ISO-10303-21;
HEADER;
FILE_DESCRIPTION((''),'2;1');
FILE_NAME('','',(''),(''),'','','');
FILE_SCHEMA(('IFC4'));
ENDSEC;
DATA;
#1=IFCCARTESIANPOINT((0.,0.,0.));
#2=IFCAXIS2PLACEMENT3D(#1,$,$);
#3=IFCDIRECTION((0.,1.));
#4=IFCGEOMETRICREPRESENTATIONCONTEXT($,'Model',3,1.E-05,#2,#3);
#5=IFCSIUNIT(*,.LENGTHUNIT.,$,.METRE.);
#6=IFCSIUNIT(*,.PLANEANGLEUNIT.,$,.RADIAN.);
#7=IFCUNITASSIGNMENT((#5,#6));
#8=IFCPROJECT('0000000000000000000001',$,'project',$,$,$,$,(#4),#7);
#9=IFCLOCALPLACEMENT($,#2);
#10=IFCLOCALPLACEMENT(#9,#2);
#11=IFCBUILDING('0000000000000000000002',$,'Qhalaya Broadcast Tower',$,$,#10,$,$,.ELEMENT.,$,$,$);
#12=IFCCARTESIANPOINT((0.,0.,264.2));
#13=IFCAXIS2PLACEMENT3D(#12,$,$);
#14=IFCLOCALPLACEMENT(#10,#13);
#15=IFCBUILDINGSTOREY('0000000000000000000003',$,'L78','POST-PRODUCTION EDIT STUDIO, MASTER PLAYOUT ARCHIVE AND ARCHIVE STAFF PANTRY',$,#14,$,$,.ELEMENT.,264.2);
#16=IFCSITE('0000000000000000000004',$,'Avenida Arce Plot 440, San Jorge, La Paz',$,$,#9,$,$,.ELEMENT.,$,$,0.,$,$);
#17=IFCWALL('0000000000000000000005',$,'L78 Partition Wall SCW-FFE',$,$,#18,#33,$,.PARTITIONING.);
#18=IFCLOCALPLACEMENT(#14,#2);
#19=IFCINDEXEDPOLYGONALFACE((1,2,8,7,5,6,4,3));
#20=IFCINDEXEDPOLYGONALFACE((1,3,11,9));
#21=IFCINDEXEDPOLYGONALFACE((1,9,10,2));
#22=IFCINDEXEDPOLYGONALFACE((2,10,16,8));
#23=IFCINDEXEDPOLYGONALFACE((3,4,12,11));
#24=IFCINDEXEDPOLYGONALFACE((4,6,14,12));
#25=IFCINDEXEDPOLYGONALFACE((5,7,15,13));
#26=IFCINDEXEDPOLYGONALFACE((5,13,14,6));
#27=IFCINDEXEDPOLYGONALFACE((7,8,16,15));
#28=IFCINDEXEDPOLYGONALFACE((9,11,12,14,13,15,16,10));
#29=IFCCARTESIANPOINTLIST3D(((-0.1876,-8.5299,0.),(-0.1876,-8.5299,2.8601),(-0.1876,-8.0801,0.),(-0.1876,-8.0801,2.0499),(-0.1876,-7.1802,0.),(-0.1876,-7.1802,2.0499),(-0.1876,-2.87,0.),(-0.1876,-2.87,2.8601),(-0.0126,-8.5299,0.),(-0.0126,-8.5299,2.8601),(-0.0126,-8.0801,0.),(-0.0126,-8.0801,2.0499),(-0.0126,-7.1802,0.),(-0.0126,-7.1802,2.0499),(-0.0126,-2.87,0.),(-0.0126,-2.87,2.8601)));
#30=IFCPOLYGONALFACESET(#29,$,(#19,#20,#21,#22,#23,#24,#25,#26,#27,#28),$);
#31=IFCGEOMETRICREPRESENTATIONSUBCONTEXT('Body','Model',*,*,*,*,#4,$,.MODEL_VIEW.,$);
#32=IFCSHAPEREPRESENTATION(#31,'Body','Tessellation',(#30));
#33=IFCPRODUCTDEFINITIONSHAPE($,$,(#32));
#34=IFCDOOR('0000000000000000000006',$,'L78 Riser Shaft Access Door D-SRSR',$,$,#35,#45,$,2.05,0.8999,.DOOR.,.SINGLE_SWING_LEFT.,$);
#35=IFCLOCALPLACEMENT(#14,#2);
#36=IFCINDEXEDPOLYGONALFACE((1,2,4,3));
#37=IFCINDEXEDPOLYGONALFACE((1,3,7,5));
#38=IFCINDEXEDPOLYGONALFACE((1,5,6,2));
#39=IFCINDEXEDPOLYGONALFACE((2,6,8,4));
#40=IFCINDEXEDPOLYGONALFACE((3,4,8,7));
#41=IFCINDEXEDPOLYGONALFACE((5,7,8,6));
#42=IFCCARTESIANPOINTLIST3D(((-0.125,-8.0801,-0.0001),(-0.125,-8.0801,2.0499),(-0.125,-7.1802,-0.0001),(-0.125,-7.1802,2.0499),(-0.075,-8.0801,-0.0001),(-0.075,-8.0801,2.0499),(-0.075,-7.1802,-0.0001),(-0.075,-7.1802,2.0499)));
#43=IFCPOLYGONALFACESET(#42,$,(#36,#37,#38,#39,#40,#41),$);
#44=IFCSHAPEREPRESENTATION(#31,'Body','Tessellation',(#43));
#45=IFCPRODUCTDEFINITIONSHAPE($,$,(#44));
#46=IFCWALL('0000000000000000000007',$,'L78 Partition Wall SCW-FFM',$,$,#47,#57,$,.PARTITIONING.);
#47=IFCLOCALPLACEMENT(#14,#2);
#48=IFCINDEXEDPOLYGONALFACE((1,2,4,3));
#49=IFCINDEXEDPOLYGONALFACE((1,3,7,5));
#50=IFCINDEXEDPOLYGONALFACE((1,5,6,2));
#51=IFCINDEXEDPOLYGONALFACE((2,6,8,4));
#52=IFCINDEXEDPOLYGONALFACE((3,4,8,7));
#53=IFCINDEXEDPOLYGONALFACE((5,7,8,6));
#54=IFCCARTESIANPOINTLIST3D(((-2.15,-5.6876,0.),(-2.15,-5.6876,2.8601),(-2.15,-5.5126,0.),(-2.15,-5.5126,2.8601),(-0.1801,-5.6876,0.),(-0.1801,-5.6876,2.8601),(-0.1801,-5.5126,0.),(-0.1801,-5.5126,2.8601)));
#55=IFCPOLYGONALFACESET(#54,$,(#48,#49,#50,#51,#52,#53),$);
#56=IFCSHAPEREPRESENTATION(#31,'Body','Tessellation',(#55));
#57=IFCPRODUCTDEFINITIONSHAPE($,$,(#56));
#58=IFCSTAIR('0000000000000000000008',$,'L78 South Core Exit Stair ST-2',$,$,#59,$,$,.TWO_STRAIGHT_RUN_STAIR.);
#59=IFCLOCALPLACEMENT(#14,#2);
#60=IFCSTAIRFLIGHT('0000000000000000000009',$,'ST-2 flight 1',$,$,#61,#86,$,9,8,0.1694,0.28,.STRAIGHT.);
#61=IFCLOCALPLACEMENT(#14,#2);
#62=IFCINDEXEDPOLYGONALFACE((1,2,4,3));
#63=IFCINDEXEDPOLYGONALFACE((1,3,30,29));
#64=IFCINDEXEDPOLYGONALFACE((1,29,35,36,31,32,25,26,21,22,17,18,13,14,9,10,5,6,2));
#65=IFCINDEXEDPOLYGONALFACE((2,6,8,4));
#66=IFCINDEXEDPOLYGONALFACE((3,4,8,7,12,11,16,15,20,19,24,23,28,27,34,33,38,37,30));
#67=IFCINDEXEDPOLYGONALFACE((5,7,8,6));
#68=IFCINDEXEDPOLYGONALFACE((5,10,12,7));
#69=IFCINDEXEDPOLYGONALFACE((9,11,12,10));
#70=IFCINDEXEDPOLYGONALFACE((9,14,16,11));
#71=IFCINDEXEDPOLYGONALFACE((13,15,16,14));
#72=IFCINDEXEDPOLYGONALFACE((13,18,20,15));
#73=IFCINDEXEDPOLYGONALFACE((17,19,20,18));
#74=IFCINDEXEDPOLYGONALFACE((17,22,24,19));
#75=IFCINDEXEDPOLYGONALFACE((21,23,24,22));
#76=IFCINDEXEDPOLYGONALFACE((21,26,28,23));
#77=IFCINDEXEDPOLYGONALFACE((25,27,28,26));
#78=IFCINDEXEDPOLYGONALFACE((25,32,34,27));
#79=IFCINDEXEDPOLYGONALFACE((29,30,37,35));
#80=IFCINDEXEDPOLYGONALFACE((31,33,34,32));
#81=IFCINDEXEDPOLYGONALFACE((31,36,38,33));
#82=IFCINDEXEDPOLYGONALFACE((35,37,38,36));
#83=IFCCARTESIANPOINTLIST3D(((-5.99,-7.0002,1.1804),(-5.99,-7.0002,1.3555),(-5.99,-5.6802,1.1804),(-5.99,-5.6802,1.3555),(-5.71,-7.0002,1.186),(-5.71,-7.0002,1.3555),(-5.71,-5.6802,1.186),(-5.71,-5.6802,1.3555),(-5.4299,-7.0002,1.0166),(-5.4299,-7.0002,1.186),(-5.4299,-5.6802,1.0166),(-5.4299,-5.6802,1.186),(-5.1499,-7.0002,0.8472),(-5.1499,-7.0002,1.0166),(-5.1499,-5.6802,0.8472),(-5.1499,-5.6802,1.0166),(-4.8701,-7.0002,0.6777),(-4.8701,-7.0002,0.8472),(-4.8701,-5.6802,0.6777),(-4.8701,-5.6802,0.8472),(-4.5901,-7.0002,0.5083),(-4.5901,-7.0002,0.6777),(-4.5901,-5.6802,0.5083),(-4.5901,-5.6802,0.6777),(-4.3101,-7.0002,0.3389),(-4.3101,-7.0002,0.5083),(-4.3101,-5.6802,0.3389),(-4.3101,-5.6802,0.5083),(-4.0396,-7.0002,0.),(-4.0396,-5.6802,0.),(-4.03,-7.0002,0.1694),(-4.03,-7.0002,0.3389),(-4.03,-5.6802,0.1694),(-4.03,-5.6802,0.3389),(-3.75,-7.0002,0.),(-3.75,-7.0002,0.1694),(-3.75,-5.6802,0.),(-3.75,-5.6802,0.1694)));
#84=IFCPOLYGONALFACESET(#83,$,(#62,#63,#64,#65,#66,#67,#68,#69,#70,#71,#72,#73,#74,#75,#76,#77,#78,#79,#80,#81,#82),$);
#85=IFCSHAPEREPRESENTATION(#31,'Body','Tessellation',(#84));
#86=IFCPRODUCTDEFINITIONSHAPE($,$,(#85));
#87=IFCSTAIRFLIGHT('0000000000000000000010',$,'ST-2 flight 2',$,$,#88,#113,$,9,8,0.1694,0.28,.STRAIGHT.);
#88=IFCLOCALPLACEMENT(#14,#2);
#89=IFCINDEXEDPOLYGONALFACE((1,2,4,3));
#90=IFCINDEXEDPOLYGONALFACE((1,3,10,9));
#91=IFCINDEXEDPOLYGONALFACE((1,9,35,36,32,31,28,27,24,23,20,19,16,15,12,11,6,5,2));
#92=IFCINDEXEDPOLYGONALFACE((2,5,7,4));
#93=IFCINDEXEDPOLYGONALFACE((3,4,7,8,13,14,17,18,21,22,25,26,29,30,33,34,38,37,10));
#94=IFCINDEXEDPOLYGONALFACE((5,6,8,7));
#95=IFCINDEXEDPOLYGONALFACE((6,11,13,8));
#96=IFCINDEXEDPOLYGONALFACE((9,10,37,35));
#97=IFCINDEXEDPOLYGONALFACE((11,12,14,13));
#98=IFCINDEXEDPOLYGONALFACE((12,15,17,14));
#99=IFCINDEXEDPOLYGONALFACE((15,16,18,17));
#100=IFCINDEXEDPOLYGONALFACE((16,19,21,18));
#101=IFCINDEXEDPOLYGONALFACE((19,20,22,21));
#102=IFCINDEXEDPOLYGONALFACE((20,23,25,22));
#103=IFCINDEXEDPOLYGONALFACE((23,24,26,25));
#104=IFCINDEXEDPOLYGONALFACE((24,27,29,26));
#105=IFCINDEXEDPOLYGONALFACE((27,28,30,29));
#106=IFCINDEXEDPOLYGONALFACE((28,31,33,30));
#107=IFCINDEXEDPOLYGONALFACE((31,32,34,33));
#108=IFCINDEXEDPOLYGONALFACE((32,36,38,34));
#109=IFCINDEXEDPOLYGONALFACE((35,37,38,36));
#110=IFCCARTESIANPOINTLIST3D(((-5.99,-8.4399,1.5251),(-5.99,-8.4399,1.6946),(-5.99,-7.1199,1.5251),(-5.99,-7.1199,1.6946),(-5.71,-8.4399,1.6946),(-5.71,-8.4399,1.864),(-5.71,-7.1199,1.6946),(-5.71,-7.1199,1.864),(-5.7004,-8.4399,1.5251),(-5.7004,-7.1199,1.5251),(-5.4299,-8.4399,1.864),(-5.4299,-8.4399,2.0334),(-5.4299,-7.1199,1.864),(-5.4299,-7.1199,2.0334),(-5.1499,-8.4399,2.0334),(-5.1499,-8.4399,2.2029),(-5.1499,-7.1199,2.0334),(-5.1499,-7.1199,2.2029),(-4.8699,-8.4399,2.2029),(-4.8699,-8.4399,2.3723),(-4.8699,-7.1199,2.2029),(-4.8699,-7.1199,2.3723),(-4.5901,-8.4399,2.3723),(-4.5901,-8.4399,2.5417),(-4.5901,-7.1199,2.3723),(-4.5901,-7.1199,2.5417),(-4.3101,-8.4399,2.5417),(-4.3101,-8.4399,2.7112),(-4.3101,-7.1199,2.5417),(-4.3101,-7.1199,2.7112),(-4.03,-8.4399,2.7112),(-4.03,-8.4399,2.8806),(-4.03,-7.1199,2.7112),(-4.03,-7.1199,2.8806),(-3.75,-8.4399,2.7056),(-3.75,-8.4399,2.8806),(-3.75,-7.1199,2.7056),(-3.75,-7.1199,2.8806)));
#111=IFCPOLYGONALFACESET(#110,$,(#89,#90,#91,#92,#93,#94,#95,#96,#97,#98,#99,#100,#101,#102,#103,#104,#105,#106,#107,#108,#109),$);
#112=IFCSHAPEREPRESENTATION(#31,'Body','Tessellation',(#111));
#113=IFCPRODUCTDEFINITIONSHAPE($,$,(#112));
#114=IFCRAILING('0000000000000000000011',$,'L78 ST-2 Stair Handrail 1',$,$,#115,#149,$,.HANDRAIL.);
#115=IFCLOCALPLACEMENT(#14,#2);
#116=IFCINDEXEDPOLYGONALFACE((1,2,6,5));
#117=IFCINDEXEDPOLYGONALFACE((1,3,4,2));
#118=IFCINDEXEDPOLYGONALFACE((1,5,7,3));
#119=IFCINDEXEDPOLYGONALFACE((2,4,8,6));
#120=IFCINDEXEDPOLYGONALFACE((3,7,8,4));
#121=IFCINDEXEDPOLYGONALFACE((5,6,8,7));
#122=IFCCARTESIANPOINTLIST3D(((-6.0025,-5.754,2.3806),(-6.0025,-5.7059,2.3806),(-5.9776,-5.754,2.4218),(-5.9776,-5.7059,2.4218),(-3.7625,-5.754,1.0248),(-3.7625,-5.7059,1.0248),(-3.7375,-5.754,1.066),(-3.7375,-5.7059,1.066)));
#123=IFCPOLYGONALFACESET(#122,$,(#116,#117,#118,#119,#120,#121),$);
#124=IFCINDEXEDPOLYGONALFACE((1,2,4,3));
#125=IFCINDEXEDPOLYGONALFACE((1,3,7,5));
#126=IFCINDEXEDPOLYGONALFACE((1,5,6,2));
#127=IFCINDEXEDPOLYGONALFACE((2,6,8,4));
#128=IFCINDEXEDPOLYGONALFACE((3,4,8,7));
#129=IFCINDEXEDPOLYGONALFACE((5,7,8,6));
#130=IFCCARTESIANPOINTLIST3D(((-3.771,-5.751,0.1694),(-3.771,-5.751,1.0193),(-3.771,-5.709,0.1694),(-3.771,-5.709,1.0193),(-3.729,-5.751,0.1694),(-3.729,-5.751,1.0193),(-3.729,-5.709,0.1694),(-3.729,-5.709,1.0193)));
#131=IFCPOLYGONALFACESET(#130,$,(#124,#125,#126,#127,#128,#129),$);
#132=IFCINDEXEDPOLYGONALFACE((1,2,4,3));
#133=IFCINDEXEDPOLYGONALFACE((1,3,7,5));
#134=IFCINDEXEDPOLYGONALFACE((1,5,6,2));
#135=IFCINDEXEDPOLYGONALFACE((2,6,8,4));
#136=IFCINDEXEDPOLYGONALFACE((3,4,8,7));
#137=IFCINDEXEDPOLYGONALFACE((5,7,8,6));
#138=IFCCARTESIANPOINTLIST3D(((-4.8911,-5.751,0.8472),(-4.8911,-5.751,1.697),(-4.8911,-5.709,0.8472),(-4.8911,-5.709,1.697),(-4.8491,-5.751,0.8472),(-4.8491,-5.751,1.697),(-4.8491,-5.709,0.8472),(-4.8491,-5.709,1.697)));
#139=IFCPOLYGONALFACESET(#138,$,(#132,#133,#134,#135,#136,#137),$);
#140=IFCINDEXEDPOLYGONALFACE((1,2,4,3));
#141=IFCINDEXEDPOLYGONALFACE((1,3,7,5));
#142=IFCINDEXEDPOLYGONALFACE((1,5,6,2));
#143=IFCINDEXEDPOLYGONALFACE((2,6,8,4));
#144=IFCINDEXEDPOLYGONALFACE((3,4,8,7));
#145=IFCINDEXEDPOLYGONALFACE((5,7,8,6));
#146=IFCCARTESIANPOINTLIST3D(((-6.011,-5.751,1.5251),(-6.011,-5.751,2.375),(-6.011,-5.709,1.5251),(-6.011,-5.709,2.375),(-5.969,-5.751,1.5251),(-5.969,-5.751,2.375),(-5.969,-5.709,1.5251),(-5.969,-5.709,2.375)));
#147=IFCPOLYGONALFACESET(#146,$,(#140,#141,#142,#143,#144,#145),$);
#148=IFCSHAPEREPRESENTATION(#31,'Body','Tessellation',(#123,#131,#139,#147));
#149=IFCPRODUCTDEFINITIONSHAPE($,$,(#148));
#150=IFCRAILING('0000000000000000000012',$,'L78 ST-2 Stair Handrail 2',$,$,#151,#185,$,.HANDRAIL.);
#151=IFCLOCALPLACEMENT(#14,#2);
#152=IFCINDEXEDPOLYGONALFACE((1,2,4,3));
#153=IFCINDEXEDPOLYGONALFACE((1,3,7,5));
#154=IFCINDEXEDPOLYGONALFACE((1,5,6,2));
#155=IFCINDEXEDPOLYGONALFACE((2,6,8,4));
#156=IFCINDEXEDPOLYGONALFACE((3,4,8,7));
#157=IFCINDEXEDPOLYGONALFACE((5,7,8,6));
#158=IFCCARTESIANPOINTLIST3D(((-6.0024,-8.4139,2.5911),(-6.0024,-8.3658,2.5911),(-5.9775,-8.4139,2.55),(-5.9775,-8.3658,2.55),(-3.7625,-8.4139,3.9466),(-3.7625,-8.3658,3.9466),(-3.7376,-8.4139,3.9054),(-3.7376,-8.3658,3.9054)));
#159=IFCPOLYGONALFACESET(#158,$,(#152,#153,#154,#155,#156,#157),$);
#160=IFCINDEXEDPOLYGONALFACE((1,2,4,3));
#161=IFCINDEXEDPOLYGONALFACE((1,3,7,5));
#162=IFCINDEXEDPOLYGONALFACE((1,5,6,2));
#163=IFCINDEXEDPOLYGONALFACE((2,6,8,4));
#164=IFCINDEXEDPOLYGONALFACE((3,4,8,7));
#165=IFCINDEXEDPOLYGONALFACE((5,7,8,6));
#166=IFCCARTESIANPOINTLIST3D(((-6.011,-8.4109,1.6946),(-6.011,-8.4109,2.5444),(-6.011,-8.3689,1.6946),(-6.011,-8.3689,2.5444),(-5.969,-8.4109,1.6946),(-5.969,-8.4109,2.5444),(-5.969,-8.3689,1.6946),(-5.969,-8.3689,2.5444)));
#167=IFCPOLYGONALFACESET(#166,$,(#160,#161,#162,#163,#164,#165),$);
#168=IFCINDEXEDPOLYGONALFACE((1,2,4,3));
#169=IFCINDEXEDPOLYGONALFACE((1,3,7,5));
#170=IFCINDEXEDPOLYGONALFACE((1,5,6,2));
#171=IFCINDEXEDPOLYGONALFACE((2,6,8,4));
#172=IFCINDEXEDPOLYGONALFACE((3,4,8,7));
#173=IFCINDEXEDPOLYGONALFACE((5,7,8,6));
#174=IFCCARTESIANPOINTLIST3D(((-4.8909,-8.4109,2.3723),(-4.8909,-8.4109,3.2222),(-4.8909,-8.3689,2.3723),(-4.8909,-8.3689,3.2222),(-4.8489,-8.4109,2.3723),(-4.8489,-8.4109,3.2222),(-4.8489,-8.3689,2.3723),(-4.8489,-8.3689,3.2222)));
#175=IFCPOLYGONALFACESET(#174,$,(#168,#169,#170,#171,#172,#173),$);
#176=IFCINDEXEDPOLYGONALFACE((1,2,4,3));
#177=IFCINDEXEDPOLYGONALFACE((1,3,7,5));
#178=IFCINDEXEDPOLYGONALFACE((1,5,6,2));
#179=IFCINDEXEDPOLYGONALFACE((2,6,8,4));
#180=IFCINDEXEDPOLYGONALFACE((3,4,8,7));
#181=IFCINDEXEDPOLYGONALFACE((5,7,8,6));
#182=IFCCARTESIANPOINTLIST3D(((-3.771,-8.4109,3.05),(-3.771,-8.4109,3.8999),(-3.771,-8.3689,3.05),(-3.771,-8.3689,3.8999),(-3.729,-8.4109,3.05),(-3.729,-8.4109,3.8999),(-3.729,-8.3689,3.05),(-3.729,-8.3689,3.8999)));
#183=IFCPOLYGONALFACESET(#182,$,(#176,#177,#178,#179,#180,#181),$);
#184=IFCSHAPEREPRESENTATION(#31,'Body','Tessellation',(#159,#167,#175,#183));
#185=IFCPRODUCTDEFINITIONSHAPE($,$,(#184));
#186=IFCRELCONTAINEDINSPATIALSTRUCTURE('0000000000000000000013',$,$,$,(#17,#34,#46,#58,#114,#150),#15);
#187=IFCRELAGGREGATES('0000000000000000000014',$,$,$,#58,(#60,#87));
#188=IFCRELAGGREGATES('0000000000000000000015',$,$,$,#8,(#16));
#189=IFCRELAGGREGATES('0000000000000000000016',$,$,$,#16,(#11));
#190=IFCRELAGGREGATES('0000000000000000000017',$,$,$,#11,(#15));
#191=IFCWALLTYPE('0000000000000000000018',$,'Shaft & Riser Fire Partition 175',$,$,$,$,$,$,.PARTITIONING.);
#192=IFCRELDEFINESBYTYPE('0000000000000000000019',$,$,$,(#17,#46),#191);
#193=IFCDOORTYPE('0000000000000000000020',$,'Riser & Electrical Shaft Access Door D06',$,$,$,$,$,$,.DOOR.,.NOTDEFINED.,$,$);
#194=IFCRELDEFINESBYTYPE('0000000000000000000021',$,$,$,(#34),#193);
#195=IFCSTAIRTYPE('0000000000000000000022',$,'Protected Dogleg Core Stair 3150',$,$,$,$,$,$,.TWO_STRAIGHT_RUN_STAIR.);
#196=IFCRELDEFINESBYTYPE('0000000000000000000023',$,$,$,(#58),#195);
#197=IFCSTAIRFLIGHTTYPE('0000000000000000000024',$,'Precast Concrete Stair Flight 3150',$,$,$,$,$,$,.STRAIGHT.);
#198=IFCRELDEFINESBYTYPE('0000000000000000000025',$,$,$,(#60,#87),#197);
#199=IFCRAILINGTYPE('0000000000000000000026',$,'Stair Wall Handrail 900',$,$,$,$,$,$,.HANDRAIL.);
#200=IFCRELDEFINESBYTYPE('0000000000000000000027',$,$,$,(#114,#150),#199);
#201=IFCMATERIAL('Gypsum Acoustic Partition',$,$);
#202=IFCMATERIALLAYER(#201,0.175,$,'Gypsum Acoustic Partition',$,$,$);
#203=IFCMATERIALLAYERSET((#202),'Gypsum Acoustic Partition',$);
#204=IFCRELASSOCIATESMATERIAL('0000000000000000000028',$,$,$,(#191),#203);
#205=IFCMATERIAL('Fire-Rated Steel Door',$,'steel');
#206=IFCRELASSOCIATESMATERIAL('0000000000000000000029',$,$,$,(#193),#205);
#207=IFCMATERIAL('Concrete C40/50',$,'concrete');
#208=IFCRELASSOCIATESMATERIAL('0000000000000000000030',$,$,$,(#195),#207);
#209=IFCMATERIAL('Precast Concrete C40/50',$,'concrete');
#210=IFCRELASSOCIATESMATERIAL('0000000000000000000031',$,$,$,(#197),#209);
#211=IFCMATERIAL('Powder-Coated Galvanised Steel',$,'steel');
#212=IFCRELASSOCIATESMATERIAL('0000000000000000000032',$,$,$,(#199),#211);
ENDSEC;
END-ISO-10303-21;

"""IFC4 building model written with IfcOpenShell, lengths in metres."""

from ifc_helpers import new_model, si_unit, direction, frame, frame_2d, origin, origin_2d, place, context, subcontext, project, spatial, polyline, rectangle, outline, extrude, material, layer, layer_set, type_object, element, fill, aggregate, save


model = new_model("IFC4")

# Units and contexts
model_context = context("Model", 3, precision=1e-05, world=origin(), true_north=direction((0.0, 1.0)))
body_context = subcontext(model_context, "Body", "Model", "MODEL_VIEW")
ifc_project = project(units=[si_unit("LENGTHUNIT", "METRE"), si_unit("PLANEANGLEUNIT", "RADIAN")], contexts=[model_context])

# Site, building, storey
site_placement = place(None, origin())
site = spatial("IfcSite", under=ifc_project, at=site_placement, Name="Avenida Arce Plot 440, San Jorge, La Paz", CompositionType="ELEMENT", RefElevation=0.0)
building_placement = place(site_placement, origin())
building = spatial("IfcBuilding", under=site, at=building_placement, Name="Qhalaya Broadcast Tower", CompositionType="ELEMENT")
storey_placement = place(building_placement, frame((0.0, 0.0, 264.2)))
storey = spatial("IfcBuildingStorey", under=building, at=storey_placement, Name="L78", Description="POST-PRODUCTION EDIT STUDIO, MASTER PLAYOUT ARCHIVE AND ARCHIVE STAFF PANTRY", CompositionType="ELEMENT", Elevation=264.2)

# Wall, opening, door
ifc_material_1 = material(Name="Fire-Rated Steel Door", Category="steel")
ifc_material_2 = material(Name="Gypsum Acoustic Partition")
ifc_layer_1 = layer(ifc_material_2, 0.175, Name="Gypsum Acoustic Partition")
ifc_layer_set_1 = layer_set([ifc_layer_1], Name="Gypsum Acoustic Partition")
wall_type_1 = type_object("IfcWallType", Name="Shaft & Riser Fire Partition 175", PredefinedType="PARTITIONING", material=ifc_layer_set_1)
wall_1_placement = place(storey_placement, frame((-0.1001, -8.53, 0.0), z_axis=(0.0, 0.0, 1.0), x_axis=(0.0, 1.0, 0.0)))
wall_1 = element("IfcWall", 1, at=wall_1_placement, inside=storey, type_object=wall_type_1, Name="L78 Partition Wall SCW-FFE", PredefinedType="PARTITIONING", context=body_context, shape_type="SweptSolid", body=[
    extrude(rectangle(XDim=5.6599, YDim=0.175, at=frame_2d((2.8301, 0.0))), origin(), (0.0, 0.0, 1.0), 2.8601),
])
opening_1_placement = place(wall_1_placement, frame((0.45, 0.0, 0.0)))
opening_1 = element("IfcOpeningElement", 2, at=opening_1_placement, cuts=wall_1, PredefinedType="OPENING", context=body_context, shape_type="SweptSolid", body=[
    extrude(rectangle(XDim=0.8999, YDim=2.05, at=frame_2d((0.45, 1.0249))), frame((0.0, 0.0996, 0.0), z_axis=(0.0, -1.0, 0.0), x_axis=(1.0, 0.0, 0.0)), (0.0, 0.0, 1.0), 0.199),
])
door_type_1 = type_object("IfcDoorType", Name="Riser & Electrical Shaft Access Door D06", OperationType="NOTDEFINED", PredefinedType="DOOR", material=ifc_material_1)
door_1_placement = place(opening_1_placement, origin())
door_1 = element("IfcDoor", 3, at=door_1_placement, inside=storey, type_object=door_type_1, Name="L78 Riser Shaft Access Door D-SRSR", OperationType="SINGLE_SWING_LEFT", OverallHeight=2.05, OverallWidth=0.8999, PredefinedType="DOOR", context=body_context, shape_type="SweptSolid", body=[
    extrude(rectangle(XDim=0.8999, YDim=2.05, at=frame_2d((0.45, 1.0249))), frame((0.0, 0.0249, 0.0), z_axis=(0.0, -1.0, 0.0), x_axis=(1.0, 0.0, 0.0)), (0.0, 0.0, 1.0), 0.05),
])
fill(opening_1, door_1)

# Wall
wall_2_placement = place(storey_placement, frame((-2.1499, -5.6001, 0.0), z_axis=(0.0, 0.0, 1.0), x_axis=(1.0, 0.0, 0.0)))
element("IfcWall", 4, at=wall_2_placement, inside=storey, type_object=wall_type_1, Name="L78 Partition Wall SCW-FFM", PredefinedType="PARTITIONING", context=body_context, shape_type="SweptSolid", body=[
    extrude(rectangle(XDim=1.97, YDim=0.175, at=frame_2d((0.9849, 0.0))), origin(), (0.0, 0.0, 1.0), 2.8601),
])

# Stair, stair flights
ifc_material_3 = material(Name="Concrete C40/50", Category="concrete")
stair_type = type_object("IfcStairType", Name="Protected Dogleg Core Stair 3150", PredefinedType="TWO_STRAIGHT_RUN_STAIR", material=ifc_material_3)
stair_placement = place(storey_placement, origin())
stair = element("IfcStair", 5, at=stair_placement, inside=storey, type_object=stair_type, Name="L78 South Core Exit Stair ST-2", PredefinedType="TWO_STRAIGHT_RUN_STAIR")
ifc_material_4 = material(Name="Precast Concrete C40/50", Category="concrete")
stair_flight_type = type_object("IfcStairFlightType", Name="Precast Concrete Stair Flight 3150", PredefinedType="STRAIGHT", material=ifc_material_4)
stair_flight_1_placement = place(storey_placement, frame((-3.75, -6.3401, 0.0), z_axis=(0.0, 0.0, 1.0), x_axis=(-1.0, 0.0, 0.0)))
stair_flight_1 = element("IfcStairFlight", 6, at=stair_flight_1_placement, type_object=stair_flight_type, Name="ST-2 flight 1", NumberOfRisers=9, NumberOfTreads=8, PredefinedType="STRAIGHT", RiserHeight=0.1694, TreadLength=0.28, context=body_context, shape_type="SweptSolid", body=[
    extrude(outline(polyline([(0.0, 0.0), (0.0, 0.1694), (0.28, 0.1694), (0.28, 0.3389), (0.5601, 0.3389), (0.5601, 0.5083), (0.8401, 0.5083), (0.8401, 0.6777), (1.1201, 0.6777), (1.1201, 0.8472), (1.3999, 0.8472), (1.3999, 1.0166), (1.6799, 1.0166), (1.6799, 1.186), (1.96, 1.186), (1.96, 1.3555), (2.24, 1.3555), (2.24, 1.5249), (2.24, 1.1804), (0.2896, 0.0), (0.0, 0.0)])), frame((0.0, 0.6602, 0.0), z_axis=(0.0, -1.0, 0.0), x_axis=(1.0, 0.0, 0.0)), (0.0, 0.0, 1.0), 1.3201),
])
stair_flight_2_placement = place(storey_placement, frame((-5.99, -7.78, 1.5251), z_axis=(0.0, 0.0, 1.0), x_axis=(1.0, 0.0, 0.0)))
stair_flight_2 = element("IfcStairFlight", 7, at=stair_flight_2_placement, type_object=stair_flight_type, Name="ST-2 flight 2", NumberOfRisers=9, NumberOfTreads=8, PredefinedType="STRAIGHT", RiserHeight=0.1694, TreadLength=0.28, context=body_context, shape_type="SweptSolid", body=[
    extrude(outline(polyline([(0.0, 0.0), (0.0, 0.1694), (0.28, 0.1694), (0.28, 0.3389), (0.5601, 0.3389), (0.5601, 0.5083), (0.8401, 0.5083), (0.8401, 0.6777), (1.1201, 0.6777), (1.1201, 0.8472), (1.3999, 0.8472), (1.3999, 1.0166), (1.6799, 1.0166), (1.6799, 1.186), (1.96, 1.186), (1.96, 1.3555), (2.24, 1.3555), (2.24, 1.5249), (2.24, 1.1804), (0.2896, 0.0), (0.0, 0.0)])), frame((0.0, 0.6602, 0.0), z_axis=(0.0, -1.0, 0.0), x_axis=(1.0, 0.0, 0.0)), (0.0, 0.0, 1.0), 1.3201),
])
aggregate(stair, [stair_flight_1, stair_flight_2])

# Railings
ifc_material_5 = material(Name="Powder-Coated Galvanised Steel", Category="steel")
railing_type_1 = type_object("IfcRailingType", Name="Stair Wall Handrail 900", PredefinedType="HANDRAIL", material=ifc_material_5)
railing_1_placement = place(storey_placement, frame((-3.75, -5.73, 0.1694)))
element("IfcRailing", 8, at=railing_1_placement, inside=storey, type_object=railing_type_1, Name="L78 ST-2 Stair Handrail 1", PredefinedType="HANDRAIL", context=body_context, shape_type="SweptSolid", body=[
    extrude(rectangle(XDim=0.0481, YDim=0.0481, at=origin_2d()), frame((0.0, 0.0, 0.876), z_axis=(-0.855512, 0.0, 0.517783), x_axis=(0.0, -1.0, 0.0)), (0.0, 0.0, 1.0), 2.6184),
    extrude(rectangle(XDim=0.042, YDim=0.042, at=origin_2d()), origin(), (0.0, 0.0, 1.0), 0.8499),
    extrude(rectangle(XDim=0.042, YDim=0.042, at=origin_2d()), frame((-1.1201, 0.0, 0.6777)), (0.0, 0.0, 1.0), 0.8499),
    extrude(rectangle(XDim=0.042, YDim=0.042, at=origin_2d()), frame((-2.24, 0.0, 1.3557)), (0.0, 0.0, 1.0), 0.8499),
])
railing_2_placement = place(storey_placement, frame((-5.99, -8.3899, 1.6946)))
element("IfcRailing", 9, at=railing_2_placement, inside=storey, type_object=railing_type_1, Name="L78 ST-2 Stair Handrail 2", PredefinedType="HANDRAIL", context=body_context, shape_type="SweptSolid", body=[
    extrude(rectangle(XDim=0.0481, YDim=0.0481, at=origin_2d()), frame((0.0, 0.0, 0.876), z_axis=(0.855553, 0.0, 0.517715), x_axis=(0.0, 1.0, 0.0)), (0.0, 0.0, 1.0), 2.6182),
    extrude(rectangle(XDim=0.042, YDim=0.042, at=origin_2d()), origin(), (0.0, 0.0, 1.0), 0.8499),
    extrude(rectangle(XDim=0.042, YDim=0.042, at=origin_2d()), frame((1.1201, 0.0, 0.6777)), (0.0, 0.0, 1.0), 0.8499),
    extrude(rectangle(XDim=0.042, YDim=0.042, at=origin_2d()), frame((2.24, 0.0, 1.3555)), (0.0, 0.0, 1.0), 0.8499),
])

save(model, "model.ifc")
